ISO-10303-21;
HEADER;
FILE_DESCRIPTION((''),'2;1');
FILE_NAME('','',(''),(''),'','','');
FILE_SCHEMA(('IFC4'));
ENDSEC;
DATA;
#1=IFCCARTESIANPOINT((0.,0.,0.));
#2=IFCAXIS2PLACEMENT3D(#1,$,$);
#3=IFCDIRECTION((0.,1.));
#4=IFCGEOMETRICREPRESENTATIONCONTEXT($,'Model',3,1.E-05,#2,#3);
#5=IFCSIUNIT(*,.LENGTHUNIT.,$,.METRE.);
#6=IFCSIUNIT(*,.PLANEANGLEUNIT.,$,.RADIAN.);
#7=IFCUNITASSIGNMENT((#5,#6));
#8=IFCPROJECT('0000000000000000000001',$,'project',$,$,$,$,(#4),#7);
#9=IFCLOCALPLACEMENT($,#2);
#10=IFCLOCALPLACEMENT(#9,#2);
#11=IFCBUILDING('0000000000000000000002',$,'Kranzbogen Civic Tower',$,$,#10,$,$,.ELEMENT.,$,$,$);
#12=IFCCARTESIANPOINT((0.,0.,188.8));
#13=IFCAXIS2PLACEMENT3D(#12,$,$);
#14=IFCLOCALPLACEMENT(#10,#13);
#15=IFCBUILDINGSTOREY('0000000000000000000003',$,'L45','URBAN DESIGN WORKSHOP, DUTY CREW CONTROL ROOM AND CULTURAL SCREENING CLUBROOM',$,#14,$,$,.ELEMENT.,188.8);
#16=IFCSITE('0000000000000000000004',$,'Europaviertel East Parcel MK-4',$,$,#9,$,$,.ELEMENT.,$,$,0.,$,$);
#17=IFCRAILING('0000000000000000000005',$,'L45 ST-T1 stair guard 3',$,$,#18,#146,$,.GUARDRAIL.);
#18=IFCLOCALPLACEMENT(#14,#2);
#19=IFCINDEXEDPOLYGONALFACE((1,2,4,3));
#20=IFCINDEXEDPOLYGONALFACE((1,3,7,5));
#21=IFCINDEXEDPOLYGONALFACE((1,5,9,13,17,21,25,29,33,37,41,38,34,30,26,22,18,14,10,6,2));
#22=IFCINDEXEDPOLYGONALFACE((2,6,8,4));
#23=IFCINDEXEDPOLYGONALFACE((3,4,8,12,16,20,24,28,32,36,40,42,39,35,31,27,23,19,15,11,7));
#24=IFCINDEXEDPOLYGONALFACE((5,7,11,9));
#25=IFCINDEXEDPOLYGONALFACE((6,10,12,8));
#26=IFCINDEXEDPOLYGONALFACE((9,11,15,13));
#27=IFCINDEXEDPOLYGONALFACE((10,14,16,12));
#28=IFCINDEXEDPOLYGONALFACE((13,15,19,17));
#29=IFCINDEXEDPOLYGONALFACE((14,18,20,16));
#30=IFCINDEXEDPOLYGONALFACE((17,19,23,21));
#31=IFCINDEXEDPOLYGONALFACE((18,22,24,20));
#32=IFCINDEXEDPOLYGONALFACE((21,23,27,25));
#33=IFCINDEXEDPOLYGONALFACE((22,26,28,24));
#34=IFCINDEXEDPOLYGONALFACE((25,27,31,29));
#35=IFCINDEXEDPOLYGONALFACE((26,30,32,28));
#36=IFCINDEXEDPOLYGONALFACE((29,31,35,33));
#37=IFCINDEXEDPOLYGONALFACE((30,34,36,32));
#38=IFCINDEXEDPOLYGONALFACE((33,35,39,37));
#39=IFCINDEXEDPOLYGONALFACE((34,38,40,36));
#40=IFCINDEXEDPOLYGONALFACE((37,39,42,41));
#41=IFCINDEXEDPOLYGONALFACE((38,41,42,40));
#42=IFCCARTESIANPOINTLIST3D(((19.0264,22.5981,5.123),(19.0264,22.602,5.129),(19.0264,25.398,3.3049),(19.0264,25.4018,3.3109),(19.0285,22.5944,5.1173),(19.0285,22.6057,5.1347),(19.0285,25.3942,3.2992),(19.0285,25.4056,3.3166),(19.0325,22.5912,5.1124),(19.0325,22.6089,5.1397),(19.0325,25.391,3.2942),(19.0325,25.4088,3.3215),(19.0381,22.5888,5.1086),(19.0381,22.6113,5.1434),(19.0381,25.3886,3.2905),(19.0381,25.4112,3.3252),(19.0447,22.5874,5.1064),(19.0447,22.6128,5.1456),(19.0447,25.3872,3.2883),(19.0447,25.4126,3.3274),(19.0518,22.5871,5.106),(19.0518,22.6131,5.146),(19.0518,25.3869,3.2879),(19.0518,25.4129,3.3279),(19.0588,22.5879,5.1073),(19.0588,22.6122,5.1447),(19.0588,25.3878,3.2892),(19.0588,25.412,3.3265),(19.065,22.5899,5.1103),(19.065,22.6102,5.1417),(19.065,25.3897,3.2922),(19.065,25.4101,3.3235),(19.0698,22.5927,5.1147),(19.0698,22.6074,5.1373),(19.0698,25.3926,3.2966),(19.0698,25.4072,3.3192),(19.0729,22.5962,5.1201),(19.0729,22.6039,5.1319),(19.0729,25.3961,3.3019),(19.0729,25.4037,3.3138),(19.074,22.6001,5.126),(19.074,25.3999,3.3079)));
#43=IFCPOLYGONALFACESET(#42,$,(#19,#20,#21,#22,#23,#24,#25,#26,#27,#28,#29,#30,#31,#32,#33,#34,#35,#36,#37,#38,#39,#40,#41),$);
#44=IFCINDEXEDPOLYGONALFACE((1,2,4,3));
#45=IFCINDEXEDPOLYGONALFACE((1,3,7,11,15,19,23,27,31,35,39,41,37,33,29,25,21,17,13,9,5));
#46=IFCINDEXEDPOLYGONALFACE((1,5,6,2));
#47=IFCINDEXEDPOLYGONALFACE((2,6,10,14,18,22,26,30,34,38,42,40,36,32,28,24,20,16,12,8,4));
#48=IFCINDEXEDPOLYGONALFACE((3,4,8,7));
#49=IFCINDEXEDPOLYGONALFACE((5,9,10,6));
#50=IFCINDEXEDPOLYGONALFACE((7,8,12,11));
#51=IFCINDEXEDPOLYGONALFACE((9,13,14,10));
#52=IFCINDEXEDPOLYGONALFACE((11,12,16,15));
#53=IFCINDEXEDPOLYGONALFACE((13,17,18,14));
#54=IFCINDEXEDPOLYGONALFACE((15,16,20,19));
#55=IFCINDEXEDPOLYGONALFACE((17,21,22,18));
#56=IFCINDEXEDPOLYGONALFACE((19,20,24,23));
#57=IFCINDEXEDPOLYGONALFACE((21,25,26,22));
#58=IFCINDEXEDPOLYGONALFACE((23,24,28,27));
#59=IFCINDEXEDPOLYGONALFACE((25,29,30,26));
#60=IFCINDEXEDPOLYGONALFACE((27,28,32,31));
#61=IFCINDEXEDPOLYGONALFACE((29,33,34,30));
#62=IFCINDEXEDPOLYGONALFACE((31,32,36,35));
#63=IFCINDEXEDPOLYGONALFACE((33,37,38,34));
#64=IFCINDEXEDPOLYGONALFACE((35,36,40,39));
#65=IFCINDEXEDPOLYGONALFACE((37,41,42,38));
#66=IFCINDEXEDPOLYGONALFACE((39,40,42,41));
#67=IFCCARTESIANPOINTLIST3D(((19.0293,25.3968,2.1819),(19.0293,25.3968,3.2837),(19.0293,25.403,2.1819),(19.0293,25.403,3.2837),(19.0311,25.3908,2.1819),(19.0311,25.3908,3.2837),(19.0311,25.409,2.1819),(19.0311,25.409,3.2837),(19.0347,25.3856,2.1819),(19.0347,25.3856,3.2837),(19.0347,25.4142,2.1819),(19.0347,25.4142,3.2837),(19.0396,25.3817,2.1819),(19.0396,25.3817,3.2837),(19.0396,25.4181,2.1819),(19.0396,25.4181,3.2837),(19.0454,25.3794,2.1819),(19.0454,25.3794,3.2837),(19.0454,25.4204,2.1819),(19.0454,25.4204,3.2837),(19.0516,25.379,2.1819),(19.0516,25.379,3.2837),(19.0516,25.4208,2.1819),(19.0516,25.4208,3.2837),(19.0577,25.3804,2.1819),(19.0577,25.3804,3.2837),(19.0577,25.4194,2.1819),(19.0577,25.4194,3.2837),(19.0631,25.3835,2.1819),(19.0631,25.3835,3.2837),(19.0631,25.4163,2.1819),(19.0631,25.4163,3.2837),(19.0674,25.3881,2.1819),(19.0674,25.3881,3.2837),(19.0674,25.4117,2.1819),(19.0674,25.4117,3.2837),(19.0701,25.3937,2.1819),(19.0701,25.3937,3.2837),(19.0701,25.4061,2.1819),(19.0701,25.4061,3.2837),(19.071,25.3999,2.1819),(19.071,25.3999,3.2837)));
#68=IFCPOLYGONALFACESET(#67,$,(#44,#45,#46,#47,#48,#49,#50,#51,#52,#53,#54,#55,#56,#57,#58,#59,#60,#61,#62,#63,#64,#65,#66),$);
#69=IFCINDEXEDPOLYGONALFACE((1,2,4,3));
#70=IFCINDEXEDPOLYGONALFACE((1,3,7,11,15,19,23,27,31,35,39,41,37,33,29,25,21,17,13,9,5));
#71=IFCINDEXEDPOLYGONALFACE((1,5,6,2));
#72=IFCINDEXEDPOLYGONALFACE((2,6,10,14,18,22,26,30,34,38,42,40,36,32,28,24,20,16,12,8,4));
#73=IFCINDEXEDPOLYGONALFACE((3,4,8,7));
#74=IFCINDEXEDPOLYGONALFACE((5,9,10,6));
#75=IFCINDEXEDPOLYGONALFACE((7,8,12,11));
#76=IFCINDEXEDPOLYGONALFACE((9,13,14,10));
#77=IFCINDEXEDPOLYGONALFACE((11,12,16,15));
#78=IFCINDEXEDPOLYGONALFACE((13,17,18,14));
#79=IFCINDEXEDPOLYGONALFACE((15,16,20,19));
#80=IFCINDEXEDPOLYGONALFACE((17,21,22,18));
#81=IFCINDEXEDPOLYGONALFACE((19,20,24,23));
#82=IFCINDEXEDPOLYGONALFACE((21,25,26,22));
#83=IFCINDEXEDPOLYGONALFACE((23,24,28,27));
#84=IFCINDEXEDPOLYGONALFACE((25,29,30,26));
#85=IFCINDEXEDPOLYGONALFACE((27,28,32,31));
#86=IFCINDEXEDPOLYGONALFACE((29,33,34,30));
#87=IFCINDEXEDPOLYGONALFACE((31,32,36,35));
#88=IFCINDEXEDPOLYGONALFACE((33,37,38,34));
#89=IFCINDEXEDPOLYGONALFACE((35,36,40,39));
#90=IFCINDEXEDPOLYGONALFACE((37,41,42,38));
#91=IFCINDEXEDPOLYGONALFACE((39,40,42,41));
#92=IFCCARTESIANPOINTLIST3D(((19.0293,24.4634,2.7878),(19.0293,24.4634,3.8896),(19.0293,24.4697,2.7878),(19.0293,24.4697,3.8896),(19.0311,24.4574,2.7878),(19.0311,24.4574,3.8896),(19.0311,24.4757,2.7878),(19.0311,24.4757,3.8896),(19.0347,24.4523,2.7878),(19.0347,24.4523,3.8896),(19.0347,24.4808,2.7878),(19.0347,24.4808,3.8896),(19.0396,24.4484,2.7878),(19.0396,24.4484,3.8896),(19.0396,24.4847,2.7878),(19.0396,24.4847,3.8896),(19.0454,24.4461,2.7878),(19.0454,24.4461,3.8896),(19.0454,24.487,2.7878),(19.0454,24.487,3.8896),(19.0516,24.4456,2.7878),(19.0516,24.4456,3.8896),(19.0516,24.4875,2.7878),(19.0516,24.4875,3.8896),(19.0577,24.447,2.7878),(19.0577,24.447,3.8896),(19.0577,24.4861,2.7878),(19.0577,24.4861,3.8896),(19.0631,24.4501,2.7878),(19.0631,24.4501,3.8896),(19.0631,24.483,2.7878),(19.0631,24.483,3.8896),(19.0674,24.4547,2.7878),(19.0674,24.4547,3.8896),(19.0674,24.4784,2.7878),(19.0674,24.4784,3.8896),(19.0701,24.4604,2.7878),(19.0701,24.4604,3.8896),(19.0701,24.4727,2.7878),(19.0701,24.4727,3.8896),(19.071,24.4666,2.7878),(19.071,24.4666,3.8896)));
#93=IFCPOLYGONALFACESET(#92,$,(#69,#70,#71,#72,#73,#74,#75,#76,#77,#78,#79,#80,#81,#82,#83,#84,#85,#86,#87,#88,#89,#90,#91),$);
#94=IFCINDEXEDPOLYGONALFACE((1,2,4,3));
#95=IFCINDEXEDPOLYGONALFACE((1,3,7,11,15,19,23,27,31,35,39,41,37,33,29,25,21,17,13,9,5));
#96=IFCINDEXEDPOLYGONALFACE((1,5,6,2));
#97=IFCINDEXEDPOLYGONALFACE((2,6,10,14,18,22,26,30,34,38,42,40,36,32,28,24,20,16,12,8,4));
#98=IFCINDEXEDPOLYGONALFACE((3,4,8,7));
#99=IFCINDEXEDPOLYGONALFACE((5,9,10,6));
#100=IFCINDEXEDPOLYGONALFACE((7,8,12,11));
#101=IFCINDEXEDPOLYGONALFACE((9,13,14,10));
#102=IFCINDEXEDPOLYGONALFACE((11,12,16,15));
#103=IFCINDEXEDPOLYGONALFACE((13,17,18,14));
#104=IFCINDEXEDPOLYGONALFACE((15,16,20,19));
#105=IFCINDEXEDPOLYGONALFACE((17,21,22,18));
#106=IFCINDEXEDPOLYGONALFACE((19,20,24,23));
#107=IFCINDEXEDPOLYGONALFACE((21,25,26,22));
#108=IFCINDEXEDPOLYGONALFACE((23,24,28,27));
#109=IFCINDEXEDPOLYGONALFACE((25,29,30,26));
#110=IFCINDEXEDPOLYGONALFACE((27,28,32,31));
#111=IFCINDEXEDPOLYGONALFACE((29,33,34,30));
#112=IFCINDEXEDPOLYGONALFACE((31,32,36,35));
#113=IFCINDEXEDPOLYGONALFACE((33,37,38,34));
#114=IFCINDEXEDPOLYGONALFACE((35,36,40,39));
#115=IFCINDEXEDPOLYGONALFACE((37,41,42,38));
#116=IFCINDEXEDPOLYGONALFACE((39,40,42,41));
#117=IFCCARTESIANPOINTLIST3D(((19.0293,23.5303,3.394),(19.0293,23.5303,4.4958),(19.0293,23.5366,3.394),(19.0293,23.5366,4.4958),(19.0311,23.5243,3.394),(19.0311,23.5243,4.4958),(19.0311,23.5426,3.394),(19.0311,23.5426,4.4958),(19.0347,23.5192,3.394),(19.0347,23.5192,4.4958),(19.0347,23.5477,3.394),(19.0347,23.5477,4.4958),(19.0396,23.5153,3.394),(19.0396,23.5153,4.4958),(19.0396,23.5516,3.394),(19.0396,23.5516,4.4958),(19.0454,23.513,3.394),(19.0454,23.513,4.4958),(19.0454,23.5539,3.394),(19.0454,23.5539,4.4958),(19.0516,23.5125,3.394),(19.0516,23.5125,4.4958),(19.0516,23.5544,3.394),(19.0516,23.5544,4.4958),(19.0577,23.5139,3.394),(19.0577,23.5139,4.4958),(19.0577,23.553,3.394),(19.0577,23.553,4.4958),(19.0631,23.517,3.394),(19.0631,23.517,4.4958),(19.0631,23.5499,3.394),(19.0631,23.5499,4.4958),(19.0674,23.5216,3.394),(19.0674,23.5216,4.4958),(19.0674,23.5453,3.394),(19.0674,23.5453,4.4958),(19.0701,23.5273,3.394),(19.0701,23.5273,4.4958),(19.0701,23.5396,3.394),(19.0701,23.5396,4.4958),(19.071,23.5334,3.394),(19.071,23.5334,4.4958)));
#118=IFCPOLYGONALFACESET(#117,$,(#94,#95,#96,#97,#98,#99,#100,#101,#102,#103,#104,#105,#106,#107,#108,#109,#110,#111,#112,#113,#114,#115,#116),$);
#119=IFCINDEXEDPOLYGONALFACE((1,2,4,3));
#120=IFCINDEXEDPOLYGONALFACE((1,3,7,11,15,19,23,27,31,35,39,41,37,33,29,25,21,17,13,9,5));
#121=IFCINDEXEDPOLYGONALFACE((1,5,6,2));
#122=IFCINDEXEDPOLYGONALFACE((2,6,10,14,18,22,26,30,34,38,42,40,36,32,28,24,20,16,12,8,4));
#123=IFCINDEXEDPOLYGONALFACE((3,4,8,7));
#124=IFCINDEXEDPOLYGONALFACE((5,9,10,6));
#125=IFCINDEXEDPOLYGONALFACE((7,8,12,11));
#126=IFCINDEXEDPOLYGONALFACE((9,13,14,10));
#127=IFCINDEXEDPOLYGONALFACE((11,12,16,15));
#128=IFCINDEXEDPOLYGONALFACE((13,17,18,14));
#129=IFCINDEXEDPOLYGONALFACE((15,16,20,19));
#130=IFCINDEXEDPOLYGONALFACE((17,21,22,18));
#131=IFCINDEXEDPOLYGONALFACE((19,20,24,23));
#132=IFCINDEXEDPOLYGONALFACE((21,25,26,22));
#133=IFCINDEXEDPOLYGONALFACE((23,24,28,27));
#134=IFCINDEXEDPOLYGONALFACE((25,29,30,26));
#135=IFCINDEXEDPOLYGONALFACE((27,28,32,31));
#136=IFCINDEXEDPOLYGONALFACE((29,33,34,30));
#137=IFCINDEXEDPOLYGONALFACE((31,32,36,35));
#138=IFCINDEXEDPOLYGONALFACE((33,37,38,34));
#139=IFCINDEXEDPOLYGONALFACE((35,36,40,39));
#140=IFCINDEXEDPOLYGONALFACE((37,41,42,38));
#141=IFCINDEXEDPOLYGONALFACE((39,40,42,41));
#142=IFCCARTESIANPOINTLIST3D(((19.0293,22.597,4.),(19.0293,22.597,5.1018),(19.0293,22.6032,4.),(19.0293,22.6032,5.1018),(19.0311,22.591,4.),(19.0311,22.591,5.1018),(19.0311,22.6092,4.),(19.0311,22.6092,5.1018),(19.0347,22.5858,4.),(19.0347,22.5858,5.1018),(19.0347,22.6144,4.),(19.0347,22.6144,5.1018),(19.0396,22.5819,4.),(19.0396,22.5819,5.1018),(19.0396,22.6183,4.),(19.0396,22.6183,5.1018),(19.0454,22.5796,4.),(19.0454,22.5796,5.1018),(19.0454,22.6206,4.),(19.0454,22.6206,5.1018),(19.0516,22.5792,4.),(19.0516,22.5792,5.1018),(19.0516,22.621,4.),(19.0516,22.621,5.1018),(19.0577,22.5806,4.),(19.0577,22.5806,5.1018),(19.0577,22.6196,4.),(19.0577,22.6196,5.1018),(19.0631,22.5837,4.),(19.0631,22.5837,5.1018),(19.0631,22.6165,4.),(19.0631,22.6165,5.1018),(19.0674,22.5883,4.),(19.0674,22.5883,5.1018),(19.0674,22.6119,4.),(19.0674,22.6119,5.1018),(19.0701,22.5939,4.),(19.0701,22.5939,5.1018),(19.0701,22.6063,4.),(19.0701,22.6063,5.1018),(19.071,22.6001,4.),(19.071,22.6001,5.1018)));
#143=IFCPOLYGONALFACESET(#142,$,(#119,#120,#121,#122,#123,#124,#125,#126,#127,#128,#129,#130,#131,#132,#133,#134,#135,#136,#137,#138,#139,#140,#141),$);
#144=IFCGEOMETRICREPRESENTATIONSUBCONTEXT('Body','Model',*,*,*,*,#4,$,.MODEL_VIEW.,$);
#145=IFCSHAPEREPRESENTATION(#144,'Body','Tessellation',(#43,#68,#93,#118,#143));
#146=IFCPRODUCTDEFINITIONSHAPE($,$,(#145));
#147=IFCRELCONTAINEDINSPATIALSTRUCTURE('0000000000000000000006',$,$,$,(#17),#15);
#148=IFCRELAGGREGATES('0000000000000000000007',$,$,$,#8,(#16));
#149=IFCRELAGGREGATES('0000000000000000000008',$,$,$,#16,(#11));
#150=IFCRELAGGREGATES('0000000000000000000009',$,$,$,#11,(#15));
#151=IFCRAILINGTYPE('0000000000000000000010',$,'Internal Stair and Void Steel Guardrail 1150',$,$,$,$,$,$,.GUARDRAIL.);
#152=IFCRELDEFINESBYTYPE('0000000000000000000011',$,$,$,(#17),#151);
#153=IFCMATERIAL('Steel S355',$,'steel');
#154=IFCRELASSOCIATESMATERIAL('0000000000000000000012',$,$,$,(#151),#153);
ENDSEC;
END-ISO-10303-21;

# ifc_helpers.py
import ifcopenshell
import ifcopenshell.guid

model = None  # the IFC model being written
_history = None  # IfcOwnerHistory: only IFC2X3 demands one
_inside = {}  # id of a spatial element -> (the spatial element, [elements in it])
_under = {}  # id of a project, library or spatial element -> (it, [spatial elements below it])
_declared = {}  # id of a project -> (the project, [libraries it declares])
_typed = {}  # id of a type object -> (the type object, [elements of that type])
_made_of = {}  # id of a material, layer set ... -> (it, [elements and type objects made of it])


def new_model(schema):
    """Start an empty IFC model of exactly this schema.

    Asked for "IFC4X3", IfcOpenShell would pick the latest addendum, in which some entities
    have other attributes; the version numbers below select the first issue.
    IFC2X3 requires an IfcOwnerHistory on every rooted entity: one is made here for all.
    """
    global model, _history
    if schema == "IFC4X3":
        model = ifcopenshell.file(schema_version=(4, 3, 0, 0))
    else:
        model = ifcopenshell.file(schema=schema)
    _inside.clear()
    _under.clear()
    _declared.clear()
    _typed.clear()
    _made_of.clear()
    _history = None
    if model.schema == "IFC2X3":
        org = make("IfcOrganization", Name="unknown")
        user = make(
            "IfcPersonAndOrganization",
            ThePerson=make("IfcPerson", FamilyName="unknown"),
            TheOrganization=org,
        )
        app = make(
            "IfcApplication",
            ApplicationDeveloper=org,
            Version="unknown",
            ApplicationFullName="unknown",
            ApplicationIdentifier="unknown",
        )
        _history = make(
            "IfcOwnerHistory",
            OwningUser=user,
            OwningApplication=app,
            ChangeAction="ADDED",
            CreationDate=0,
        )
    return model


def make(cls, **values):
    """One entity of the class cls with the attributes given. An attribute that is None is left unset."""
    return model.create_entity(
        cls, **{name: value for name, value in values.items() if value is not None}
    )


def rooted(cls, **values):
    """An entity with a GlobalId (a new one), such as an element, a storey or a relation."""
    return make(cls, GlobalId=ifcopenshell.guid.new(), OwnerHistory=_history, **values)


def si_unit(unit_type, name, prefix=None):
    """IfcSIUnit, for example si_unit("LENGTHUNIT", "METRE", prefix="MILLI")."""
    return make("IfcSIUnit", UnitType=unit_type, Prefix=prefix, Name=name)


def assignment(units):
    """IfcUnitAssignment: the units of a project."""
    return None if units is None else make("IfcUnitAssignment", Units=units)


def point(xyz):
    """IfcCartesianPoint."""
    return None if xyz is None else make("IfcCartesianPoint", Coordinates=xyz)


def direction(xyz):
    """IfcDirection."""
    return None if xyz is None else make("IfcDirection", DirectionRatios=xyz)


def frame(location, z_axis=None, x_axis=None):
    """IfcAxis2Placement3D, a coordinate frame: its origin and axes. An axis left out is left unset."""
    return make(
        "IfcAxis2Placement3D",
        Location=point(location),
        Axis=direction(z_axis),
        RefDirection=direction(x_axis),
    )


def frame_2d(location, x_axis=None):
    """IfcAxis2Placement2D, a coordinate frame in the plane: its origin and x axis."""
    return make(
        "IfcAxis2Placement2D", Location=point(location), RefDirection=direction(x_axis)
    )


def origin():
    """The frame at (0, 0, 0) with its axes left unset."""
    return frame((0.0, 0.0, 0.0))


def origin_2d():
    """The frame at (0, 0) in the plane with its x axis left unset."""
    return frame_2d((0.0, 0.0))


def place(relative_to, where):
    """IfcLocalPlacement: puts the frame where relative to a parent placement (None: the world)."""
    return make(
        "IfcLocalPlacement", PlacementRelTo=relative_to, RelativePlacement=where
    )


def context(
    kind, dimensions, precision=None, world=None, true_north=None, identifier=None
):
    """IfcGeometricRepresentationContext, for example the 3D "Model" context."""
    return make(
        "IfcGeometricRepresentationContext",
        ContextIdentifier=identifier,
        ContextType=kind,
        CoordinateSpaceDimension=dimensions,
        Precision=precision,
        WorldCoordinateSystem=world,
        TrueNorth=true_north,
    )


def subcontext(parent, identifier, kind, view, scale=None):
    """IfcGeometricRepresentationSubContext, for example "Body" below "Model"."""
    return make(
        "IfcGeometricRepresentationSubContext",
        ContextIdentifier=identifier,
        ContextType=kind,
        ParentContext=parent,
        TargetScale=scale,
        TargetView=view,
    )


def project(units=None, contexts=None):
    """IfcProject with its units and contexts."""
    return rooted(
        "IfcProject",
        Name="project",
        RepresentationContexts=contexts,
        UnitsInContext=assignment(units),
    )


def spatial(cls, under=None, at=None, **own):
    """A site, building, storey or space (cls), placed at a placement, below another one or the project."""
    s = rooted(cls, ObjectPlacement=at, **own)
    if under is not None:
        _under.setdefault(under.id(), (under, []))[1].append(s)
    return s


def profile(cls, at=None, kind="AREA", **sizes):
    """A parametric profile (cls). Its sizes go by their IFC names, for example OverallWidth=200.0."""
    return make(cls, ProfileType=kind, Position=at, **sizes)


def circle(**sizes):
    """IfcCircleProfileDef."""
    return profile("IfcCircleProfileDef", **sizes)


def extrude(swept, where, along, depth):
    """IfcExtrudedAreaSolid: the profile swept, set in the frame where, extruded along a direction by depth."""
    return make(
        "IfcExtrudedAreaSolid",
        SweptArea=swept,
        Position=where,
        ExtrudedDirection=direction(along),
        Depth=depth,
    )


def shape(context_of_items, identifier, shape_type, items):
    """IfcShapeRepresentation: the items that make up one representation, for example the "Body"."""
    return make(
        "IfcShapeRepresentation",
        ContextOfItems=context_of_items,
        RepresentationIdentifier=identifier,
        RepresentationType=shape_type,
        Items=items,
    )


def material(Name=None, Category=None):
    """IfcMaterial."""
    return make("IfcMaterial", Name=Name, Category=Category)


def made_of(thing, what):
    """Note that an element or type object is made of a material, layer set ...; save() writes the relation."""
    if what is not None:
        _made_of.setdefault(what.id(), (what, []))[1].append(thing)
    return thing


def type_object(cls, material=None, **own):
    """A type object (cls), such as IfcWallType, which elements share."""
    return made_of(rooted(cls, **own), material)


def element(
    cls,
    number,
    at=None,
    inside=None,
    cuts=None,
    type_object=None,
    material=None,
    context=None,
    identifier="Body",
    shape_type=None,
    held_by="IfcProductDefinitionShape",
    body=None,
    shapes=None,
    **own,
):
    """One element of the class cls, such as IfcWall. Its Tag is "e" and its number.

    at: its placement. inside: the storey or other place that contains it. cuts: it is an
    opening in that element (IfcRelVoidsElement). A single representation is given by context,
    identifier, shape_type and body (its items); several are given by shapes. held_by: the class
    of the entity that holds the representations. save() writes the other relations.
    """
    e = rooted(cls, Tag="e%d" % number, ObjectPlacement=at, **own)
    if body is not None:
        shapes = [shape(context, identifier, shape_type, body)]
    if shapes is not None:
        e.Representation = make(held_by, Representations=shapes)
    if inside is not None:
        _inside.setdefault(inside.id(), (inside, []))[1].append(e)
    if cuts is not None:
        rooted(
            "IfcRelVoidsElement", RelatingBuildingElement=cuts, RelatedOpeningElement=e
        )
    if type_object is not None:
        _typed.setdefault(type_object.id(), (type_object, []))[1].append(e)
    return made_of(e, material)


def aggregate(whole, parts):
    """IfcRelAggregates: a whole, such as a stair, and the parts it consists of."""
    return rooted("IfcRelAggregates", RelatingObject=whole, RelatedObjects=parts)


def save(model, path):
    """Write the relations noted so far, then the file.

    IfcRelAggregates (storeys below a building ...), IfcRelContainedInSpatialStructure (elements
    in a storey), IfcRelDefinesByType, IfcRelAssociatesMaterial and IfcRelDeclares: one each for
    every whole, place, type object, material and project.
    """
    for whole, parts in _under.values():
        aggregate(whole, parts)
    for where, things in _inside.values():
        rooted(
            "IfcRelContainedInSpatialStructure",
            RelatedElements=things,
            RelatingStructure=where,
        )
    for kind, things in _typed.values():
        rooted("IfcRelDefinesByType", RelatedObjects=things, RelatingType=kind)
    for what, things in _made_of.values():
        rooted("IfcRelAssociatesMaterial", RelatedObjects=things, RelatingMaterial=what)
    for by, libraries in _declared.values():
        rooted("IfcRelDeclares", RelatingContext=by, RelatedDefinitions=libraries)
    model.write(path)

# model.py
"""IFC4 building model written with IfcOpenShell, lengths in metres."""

from ifc_helpers import new_model, si_unit, direction, frame, origin, origin_2d, place, context, subcontext, project, spatial, circle, extrude, material, type_object, element, save


model = new_model("IFC4")

# Units and contexts
model_context = context("Model", 3, precision=1e-05, world=origin(), true_north=direction((0.0, 1.0)))
body_context = subcontext(model_context, "Body", "Model", "MODEL_VIEW")
ifc_project = project(units=[si_unit("LENGTHUNIT", "METRE"), si_unit("PLANEANGLEUNIT", "RADIAN")], contexts=[model_context])

# Site, building, storey
site_placement = place(None, origin())
site = spatial("IfcSite", under=ifc_project, at=site_placement, Name="Europaviertel East Parcel MK-4", CompositionType="ELEMENT", RefElevation=0.0)
building_placement = place(site_placement, origin())
building = spatial("IfcBuilding", under=site, at=building_placement, Name="Kranzbogen Civic Tower", CompositionType="ELEMENT")
storey_placement = place(building_placement, frame((0.0, 0.0, 188.8)))
storey = spatial("IfcBuildingStorey", under=building, at=storey_placement, Name="L45", Description="URBAN DESIGN WORKSHOP, DUTY CREW CONTROL ROOM AND CULTURAL SCREENING CLUBROOM", CompositionType="ELEMENT", Elevation=188.8)

# Shared definitions
ifc_material_1 = material(Name="Steel S355", Category="steel")

# Railing
railing_type_1 = type_object("IfcRailingType", Name="Internal Stair and Void Steel Guardrail 1150", PredefinedType="GUARDRAIL", material=ifc_material_1)
railing_1_placement = place(storey_placement, frame((19.05, 25.3999, 2.1819)))
element("IfcRailing", 1, at=railing_1_placement, inside=storey, type_object=railing_type_1, Name="L45 ST-T1 stair guard 3", PredefinedType="GUARDRAIL", context=body_context, shape_type="SweptSolid", body=[
    extrude(circle(Radius=0.0239, at=origin_2d()), frame((0.0, 0.0, 1.126), z_axis=(0.0, -0.838684, 0.544618), x_axis=(1.0, 0.0, 0.0)), (0.0, 0.0, 1.0), 3.3384),
    extrude(circle(Radius=0.021, at=origin_2d()), origin(), (0.0, 0.0, 1.0), 1.1018),
    extrude(circle(Radius=0.021, at=origin_2d()), frame((0.0, -0.9333, 0.606)), (0.0, 0.0, 1.0), 1.1018),
    extrude(circle(Radius=0.021, at=origin_2d()), frame((0.0, -1.8665, 1.2122)), (0.0, 0.0, 1.0), 1.1018),
    extrude(circle(Radius=0.021, at=origin_2d()), frame((0.0, -2.7998, 1.8181)), (0.0, 0.0, 1.0), 1.1018),
])

save(model, "model.ifc")
